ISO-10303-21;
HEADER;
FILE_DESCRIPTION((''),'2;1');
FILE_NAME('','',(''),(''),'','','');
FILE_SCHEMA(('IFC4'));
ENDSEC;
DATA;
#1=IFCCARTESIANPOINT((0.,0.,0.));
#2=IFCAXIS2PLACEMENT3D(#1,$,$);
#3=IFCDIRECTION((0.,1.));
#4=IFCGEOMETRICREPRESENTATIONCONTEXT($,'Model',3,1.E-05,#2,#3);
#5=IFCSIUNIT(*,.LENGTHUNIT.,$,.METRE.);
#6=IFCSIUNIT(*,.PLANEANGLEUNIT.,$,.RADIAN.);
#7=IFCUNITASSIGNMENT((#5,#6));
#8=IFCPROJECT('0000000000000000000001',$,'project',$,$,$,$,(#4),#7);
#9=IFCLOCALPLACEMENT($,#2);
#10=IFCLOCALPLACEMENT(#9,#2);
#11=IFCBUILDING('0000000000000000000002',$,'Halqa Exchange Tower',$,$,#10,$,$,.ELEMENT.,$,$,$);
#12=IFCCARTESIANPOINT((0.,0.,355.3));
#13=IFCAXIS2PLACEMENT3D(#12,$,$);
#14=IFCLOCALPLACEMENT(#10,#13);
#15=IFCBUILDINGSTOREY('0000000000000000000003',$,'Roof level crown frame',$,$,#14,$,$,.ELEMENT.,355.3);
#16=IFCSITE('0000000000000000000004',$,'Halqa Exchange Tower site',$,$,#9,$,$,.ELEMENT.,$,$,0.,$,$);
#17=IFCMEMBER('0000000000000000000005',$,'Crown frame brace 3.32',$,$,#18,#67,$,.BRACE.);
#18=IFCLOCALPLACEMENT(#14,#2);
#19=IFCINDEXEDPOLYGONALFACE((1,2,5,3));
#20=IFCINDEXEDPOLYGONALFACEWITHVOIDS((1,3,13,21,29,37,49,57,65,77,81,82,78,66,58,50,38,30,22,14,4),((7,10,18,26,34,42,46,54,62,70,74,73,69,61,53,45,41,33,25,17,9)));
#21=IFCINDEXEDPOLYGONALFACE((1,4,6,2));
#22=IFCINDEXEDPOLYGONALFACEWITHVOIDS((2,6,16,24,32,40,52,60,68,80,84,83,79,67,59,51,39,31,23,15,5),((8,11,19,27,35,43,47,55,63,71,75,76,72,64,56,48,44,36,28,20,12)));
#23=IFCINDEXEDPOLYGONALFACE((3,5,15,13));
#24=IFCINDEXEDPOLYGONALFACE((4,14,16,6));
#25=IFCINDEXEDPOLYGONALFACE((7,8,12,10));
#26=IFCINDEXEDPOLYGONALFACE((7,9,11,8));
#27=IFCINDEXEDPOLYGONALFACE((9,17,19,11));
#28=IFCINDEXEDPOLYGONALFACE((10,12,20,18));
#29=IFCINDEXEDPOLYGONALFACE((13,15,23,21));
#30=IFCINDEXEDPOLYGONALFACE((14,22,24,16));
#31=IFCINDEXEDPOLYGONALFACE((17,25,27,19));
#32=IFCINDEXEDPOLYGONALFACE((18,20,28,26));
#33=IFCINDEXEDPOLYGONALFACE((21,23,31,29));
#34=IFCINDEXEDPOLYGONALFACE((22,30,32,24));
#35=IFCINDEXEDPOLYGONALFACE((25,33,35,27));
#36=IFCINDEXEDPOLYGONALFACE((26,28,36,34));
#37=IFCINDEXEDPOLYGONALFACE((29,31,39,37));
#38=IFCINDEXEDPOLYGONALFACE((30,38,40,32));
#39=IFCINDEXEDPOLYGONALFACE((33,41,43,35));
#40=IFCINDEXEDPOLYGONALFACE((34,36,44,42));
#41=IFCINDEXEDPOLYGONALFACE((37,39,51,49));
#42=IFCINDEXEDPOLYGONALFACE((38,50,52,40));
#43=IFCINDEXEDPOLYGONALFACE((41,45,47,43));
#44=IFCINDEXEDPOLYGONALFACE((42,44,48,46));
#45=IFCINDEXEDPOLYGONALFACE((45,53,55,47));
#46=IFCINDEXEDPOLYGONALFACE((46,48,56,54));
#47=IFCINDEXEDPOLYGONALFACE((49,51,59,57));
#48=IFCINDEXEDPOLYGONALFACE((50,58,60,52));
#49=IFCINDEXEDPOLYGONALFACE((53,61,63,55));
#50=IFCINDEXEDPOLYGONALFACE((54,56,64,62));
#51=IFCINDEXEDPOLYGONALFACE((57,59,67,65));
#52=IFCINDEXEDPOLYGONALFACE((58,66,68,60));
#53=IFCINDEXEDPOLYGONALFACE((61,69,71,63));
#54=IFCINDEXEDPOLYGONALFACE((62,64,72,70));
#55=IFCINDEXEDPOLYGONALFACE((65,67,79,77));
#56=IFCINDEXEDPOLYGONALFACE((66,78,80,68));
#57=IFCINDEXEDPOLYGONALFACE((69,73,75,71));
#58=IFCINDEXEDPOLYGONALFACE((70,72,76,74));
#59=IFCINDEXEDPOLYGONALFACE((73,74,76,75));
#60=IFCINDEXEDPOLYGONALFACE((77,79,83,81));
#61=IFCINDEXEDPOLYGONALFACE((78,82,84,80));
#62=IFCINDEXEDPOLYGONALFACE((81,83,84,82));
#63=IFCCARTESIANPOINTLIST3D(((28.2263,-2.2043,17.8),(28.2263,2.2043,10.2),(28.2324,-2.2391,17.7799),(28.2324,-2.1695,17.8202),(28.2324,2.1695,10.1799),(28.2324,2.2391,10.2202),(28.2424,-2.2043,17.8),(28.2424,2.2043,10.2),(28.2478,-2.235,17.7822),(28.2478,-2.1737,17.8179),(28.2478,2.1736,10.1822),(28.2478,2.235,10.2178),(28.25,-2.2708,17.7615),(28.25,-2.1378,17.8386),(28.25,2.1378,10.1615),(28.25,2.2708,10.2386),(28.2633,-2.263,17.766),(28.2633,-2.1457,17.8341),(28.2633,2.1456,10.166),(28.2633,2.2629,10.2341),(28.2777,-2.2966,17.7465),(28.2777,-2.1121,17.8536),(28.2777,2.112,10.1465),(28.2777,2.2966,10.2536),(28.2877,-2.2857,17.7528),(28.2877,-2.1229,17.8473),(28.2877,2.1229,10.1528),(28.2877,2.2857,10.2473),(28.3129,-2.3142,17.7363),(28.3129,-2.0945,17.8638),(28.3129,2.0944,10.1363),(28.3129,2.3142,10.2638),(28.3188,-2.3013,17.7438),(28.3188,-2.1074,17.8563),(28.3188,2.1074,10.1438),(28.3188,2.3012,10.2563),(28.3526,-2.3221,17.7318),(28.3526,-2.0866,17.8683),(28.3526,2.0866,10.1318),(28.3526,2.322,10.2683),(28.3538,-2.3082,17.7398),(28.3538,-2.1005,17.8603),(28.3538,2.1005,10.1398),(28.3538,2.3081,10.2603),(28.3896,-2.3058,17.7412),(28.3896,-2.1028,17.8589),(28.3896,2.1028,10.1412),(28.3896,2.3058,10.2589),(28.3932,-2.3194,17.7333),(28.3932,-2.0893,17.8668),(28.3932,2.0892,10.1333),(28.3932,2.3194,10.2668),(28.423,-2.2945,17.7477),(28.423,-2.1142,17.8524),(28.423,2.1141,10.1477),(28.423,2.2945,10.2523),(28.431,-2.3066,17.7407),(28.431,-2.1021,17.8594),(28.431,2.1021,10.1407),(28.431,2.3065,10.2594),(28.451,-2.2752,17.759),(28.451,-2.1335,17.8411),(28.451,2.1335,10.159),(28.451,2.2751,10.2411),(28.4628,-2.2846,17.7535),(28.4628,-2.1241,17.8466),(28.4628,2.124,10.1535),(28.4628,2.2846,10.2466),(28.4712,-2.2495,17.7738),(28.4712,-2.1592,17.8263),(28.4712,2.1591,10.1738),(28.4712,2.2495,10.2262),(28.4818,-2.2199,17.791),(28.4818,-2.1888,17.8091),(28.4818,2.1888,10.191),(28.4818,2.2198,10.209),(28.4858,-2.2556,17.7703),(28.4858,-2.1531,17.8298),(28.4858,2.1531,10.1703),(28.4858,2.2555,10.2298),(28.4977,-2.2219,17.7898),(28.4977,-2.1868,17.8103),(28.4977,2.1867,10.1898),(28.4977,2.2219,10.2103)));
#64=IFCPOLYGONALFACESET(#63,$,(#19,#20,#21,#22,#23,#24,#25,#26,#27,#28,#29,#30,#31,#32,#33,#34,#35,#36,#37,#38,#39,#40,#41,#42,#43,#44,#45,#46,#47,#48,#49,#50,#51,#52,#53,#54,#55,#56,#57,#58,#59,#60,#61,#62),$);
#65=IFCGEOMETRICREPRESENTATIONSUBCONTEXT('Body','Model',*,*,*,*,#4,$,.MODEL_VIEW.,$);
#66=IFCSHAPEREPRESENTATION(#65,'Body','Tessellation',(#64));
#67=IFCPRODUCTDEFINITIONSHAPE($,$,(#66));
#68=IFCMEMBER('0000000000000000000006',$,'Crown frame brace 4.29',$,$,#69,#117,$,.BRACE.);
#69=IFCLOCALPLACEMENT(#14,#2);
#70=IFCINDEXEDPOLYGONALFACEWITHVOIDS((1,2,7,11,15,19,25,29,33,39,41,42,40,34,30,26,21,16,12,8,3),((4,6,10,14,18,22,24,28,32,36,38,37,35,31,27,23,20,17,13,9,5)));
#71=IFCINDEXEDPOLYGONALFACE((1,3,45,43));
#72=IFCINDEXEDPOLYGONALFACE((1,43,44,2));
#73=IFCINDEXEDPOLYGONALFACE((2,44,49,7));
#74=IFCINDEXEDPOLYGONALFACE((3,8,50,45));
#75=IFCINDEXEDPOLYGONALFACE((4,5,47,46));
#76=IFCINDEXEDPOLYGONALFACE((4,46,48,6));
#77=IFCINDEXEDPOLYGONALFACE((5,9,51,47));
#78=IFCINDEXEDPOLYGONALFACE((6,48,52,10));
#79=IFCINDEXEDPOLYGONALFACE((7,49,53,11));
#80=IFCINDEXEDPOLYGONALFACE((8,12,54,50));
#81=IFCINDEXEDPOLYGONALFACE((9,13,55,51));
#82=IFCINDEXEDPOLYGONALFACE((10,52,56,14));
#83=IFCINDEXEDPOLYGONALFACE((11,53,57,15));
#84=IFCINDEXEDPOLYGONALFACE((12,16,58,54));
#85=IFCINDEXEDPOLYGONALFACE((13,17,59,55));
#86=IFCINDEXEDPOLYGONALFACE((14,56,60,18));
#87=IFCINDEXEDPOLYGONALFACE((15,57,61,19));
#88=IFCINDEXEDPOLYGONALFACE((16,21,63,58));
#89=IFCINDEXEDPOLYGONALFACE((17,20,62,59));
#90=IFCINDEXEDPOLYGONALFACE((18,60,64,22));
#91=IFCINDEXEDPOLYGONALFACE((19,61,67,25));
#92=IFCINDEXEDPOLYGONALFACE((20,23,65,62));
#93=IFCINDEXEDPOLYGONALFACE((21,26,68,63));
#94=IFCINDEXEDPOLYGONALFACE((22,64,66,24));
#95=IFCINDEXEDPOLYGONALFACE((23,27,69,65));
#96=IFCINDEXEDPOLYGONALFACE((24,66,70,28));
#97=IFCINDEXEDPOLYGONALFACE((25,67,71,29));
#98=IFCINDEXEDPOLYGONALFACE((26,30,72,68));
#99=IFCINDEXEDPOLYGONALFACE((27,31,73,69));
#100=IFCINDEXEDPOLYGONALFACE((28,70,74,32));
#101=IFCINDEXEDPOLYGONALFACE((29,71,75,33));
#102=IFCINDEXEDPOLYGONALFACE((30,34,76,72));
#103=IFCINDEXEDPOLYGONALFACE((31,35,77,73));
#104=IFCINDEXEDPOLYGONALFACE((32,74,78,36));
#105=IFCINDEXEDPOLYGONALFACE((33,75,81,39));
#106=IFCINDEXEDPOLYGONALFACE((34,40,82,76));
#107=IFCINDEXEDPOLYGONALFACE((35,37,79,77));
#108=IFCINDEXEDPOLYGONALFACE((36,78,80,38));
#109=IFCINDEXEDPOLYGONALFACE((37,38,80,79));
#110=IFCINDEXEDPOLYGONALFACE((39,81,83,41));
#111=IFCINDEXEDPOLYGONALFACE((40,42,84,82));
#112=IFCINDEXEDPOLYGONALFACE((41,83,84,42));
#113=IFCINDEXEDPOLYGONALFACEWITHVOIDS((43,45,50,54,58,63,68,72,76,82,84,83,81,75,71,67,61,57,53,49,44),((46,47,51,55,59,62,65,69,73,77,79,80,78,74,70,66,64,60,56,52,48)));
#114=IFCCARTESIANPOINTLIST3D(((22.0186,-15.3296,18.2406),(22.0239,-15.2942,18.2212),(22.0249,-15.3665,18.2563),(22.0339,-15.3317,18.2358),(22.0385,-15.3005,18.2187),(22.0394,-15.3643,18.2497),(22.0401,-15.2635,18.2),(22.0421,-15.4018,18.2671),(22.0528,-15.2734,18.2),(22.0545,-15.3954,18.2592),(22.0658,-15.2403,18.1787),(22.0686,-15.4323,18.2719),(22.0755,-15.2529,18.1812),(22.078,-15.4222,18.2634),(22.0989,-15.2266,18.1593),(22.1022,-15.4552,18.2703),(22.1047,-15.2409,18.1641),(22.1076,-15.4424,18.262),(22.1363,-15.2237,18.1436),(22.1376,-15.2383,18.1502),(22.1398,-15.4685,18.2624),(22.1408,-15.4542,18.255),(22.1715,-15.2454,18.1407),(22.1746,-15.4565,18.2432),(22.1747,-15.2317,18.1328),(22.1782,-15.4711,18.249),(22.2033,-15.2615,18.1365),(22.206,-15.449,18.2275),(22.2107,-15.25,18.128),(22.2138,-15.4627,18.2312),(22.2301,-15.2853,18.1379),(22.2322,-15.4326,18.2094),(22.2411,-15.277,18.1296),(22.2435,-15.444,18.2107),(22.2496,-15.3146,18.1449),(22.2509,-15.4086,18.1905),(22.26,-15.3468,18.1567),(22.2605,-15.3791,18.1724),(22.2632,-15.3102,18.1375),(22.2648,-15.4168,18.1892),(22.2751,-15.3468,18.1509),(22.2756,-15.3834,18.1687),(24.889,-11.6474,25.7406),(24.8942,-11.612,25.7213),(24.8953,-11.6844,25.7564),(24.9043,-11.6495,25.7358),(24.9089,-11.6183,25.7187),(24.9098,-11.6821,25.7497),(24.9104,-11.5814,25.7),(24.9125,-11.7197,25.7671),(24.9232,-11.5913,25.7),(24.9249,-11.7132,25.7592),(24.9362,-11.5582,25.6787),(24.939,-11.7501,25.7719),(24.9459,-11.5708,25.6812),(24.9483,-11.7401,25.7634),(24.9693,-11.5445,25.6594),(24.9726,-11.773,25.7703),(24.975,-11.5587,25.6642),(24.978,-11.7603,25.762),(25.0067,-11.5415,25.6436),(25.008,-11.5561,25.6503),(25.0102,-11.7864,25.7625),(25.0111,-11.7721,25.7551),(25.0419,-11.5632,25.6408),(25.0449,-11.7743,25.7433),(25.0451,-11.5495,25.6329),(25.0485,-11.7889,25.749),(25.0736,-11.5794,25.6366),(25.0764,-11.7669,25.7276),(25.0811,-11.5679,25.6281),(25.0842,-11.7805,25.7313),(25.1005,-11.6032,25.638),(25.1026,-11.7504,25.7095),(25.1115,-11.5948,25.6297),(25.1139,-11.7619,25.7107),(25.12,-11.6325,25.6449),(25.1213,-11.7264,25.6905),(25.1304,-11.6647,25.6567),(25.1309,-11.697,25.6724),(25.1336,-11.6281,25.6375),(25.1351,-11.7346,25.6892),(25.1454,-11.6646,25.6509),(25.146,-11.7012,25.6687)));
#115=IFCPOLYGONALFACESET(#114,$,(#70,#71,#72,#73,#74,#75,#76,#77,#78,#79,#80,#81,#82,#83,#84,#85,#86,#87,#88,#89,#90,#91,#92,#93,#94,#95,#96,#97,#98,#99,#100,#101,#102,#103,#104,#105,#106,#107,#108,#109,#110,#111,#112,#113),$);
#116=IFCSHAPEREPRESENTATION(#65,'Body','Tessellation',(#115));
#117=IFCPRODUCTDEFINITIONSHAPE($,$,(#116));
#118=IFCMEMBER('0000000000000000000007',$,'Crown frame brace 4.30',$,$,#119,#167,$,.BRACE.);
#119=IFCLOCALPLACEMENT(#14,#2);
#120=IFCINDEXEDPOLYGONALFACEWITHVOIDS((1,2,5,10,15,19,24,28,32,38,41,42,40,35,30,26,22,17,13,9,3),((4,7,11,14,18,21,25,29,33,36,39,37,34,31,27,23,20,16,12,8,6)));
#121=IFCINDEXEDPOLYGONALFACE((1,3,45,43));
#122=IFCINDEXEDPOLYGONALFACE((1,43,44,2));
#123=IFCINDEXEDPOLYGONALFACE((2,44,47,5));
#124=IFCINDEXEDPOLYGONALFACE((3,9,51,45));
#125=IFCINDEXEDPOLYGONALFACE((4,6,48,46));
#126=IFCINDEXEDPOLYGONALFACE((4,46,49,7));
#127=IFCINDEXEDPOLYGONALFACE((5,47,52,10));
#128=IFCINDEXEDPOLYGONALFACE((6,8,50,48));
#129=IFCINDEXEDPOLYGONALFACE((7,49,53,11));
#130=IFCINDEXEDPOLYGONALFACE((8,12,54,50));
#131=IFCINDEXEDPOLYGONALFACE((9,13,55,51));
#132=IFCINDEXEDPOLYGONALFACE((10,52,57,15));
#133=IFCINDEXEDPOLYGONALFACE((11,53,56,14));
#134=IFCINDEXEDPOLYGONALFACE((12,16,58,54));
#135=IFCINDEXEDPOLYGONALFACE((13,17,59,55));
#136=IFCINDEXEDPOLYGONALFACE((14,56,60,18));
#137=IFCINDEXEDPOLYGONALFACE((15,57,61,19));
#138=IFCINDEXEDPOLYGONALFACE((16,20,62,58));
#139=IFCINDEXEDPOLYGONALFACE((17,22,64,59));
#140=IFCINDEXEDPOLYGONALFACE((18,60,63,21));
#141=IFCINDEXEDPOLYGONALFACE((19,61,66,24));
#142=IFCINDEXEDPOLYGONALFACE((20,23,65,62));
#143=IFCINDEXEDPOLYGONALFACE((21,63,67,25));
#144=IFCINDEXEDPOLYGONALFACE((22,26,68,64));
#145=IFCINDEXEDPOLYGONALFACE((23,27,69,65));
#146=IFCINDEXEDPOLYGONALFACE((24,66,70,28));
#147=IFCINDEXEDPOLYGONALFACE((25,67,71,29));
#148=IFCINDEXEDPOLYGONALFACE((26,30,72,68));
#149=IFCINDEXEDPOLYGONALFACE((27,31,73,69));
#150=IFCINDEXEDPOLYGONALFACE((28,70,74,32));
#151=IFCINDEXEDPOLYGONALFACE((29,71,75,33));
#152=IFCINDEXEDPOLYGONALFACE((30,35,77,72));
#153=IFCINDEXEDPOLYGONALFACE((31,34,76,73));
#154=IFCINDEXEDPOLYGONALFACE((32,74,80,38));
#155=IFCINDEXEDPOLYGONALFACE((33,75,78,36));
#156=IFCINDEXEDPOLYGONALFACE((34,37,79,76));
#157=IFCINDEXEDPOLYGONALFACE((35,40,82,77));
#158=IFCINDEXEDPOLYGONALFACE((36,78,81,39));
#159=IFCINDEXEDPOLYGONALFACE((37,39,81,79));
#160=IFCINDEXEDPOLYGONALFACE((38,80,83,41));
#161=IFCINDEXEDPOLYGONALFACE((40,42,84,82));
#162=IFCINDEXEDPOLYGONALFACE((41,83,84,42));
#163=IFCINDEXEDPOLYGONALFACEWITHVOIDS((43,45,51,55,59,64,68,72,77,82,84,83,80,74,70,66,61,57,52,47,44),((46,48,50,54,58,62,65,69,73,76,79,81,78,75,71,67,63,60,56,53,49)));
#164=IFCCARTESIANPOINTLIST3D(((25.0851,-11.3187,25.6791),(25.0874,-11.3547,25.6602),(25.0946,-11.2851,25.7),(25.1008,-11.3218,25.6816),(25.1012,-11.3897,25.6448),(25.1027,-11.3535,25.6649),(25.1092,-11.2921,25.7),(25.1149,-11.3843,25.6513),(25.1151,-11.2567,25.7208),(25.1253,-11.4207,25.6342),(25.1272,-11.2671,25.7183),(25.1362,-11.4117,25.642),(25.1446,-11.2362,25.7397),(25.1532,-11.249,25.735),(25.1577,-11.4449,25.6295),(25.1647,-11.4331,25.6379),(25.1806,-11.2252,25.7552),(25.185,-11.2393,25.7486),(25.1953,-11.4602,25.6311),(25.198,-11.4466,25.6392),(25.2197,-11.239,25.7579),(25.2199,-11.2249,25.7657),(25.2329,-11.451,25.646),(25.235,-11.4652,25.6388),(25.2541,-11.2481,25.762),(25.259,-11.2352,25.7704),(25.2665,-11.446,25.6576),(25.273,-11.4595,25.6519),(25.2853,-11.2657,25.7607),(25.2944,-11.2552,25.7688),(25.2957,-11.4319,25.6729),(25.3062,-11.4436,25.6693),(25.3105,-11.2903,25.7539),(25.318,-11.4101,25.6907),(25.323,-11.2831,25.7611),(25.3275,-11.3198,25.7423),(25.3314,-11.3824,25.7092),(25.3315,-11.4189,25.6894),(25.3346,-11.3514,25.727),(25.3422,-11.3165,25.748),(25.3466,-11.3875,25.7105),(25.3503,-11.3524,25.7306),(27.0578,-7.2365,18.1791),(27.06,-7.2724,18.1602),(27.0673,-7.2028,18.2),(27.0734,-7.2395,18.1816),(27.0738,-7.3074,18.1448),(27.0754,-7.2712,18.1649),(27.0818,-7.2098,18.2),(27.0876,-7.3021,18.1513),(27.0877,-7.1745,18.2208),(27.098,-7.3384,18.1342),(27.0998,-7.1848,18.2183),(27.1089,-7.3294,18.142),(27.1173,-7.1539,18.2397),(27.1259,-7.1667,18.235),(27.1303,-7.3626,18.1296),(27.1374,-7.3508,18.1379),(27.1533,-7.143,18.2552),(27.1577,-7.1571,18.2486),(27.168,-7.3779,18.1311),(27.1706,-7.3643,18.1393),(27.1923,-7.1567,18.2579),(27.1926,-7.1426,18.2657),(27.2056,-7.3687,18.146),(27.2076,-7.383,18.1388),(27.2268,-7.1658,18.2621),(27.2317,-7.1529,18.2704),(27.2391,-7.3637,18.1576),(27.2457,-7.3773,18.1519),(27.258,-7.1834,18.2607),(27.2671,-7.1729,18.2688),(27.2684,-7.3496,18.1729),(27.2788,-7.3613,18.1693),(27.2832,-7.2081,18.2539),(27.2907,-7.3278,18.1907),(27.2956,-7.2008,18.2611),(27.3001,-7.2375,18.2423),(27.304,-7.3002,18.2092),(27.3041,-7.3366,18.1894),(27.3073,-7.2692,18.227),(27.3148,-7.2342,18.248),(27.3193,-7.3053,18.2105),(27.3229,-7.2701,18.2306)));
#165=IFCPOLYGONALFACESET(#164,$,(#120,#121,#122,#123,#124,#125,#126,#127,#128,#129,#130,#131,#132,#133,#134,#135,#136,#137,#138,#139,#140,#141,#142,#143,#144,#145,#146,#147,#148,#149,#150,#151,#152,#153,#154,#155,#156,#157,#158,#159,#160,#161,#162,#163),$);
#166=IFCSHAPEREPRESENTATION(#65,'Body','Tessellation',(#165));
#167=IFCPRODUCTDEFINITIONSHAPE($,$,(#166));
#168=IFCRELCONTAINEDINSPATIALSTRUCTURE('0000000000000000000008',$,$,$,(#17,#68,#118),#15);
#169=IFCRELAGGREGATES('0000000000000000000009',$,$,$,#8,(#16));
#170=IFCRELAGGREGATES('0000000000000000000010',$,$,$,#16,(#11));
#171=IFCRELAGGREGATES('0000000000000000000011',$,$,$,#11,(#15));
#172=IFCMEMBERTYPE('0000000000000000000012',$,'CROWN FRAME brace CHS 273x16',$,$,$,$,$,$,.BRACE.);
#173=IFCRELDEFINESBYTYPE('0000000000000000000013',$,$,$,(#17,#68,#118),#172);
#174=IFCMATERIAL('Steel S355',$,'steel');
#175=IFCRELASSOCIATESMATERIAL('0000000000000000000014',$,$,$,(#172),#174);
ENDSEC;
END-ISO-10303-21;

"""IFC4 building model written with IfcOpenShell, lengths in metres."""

from ifc_helpers import new_model, si_unit, direction, frame, origin, origin_2d, place, context, subcontext, project, spatial, hollow_circle, extrude, material, material_profile, profile_set, type_object, element, save


model = new_model("IFC4")

# Units and contexts
model_context = context("Model", 3, precision=1e-05, world=origin(), true_north=direction((0.0, 1.0)))
body_context = subcontext(model_context, "Body", "Model", "MODEL_VIEW")
ifc_project = project(units=[si_unit("LENGTHUNIT", "METRE"), si_unit("PLANEANGLEUNIT", "RADIAN")], contexts=[model_context])

# Site, building, storey
site_placement = place(None, origin())
site = spatial("IfcSite", under=ifc_project, at=site_placement, Name="Halqa Exchange Tower site", CompositionType="ELEMENT", RefElevation=0.0)
building_placement = place(site_placement, origin())
building = spatial("IfcBuilding", under=site, at=building_placement, Name="Halqa Exchange Tower", CompositionType="ELEMENT")
storey_placement = place(building_placement, frame((0.0, 0.0, 355.3)))
storey = spatial("IfcBuildingStorey", under=building, at=storey_placement, Name="Roof level crown frame", CompositionType="ELEMENT", Elevation=355.3)

# Members
ifc_material_1 = material(Name="Steel S355", Category="steel")
ifc_material_profile_1 = material_profile(ifc_material_1, hollow_circle(Radius=0.1365, WallThickness=0.0161, at=origin_2d()), Name="CHS 273x16")
ifc_profile_set_1 = profile_set([ifc_material_profile_1], Name="Steel S355")
member_type = type_object("IfcMemberType", Name="CROWN FRAME brace CHS 273x16", PredefinedType="BRACE", material=ifc_profile_set_1)
member_1_placement = place(storey_placement, frame((28.3628, -2.2043, 17.8), z_axis=(0.0, 0.501772, -0.865), x_axis=(-1.0, 0.0, 0.0)))
element("IfcMember", 1, at=member_1_placement, inside=storey, type_object=member_type, Name="Crown frame brace 3.32", PredefinedType="BRACE", context=body_context, shape_type="SweptSolid", body=[
    extrude(hollow_circle(Radius=0.1365, WallThickness=0.0161, at=origin_2d()), origin(), (0.0, 0.0, 1.0), 8.7861),
])
member_2_placement = place(storey_placement, frame((22.1477, -15.3474, 18.2), z_axis=(0.324906, 0.416793, 0.848952), x_axis=(-0.788679, 0.614805, 0.0)))
element("IfcMember", 2, at=member_2_placement, inside=storey, type_object=member_type, Name="Crown frame brace 4.29", PredefinedType="BRACE", context=body_context, shape_type="SweptSolid", body=[
    extrude(hollow_circle(Radius=0.1365, WallThickness=0.0161, at=origin_2d()), origin(), (0.0, 0.0, 1.0), 8.8345),
])
member_3_placement = place(storey_placement, frame((25.2175, -11.3445, 25.7), z_axis=(0.225088, 0.465805, -0.855781), x_axis=(-0.900387, 0.435089, 0.0)))
element("IfcMember", 3, at=member_3_placement, inside=storey, type_object=member_type, Name="Crown frame brace 4.30", PredefinedType="BRACE", context=body_context, shape_type="SweptSolid", body=[
    extrude(hollow_circle(Radius=0.1365, WallThickness=0.0161, at=origin_2d()), origin(), (0.0, 0.0, 1.0), 8.7639),
])

save(model, "model.ifc")
